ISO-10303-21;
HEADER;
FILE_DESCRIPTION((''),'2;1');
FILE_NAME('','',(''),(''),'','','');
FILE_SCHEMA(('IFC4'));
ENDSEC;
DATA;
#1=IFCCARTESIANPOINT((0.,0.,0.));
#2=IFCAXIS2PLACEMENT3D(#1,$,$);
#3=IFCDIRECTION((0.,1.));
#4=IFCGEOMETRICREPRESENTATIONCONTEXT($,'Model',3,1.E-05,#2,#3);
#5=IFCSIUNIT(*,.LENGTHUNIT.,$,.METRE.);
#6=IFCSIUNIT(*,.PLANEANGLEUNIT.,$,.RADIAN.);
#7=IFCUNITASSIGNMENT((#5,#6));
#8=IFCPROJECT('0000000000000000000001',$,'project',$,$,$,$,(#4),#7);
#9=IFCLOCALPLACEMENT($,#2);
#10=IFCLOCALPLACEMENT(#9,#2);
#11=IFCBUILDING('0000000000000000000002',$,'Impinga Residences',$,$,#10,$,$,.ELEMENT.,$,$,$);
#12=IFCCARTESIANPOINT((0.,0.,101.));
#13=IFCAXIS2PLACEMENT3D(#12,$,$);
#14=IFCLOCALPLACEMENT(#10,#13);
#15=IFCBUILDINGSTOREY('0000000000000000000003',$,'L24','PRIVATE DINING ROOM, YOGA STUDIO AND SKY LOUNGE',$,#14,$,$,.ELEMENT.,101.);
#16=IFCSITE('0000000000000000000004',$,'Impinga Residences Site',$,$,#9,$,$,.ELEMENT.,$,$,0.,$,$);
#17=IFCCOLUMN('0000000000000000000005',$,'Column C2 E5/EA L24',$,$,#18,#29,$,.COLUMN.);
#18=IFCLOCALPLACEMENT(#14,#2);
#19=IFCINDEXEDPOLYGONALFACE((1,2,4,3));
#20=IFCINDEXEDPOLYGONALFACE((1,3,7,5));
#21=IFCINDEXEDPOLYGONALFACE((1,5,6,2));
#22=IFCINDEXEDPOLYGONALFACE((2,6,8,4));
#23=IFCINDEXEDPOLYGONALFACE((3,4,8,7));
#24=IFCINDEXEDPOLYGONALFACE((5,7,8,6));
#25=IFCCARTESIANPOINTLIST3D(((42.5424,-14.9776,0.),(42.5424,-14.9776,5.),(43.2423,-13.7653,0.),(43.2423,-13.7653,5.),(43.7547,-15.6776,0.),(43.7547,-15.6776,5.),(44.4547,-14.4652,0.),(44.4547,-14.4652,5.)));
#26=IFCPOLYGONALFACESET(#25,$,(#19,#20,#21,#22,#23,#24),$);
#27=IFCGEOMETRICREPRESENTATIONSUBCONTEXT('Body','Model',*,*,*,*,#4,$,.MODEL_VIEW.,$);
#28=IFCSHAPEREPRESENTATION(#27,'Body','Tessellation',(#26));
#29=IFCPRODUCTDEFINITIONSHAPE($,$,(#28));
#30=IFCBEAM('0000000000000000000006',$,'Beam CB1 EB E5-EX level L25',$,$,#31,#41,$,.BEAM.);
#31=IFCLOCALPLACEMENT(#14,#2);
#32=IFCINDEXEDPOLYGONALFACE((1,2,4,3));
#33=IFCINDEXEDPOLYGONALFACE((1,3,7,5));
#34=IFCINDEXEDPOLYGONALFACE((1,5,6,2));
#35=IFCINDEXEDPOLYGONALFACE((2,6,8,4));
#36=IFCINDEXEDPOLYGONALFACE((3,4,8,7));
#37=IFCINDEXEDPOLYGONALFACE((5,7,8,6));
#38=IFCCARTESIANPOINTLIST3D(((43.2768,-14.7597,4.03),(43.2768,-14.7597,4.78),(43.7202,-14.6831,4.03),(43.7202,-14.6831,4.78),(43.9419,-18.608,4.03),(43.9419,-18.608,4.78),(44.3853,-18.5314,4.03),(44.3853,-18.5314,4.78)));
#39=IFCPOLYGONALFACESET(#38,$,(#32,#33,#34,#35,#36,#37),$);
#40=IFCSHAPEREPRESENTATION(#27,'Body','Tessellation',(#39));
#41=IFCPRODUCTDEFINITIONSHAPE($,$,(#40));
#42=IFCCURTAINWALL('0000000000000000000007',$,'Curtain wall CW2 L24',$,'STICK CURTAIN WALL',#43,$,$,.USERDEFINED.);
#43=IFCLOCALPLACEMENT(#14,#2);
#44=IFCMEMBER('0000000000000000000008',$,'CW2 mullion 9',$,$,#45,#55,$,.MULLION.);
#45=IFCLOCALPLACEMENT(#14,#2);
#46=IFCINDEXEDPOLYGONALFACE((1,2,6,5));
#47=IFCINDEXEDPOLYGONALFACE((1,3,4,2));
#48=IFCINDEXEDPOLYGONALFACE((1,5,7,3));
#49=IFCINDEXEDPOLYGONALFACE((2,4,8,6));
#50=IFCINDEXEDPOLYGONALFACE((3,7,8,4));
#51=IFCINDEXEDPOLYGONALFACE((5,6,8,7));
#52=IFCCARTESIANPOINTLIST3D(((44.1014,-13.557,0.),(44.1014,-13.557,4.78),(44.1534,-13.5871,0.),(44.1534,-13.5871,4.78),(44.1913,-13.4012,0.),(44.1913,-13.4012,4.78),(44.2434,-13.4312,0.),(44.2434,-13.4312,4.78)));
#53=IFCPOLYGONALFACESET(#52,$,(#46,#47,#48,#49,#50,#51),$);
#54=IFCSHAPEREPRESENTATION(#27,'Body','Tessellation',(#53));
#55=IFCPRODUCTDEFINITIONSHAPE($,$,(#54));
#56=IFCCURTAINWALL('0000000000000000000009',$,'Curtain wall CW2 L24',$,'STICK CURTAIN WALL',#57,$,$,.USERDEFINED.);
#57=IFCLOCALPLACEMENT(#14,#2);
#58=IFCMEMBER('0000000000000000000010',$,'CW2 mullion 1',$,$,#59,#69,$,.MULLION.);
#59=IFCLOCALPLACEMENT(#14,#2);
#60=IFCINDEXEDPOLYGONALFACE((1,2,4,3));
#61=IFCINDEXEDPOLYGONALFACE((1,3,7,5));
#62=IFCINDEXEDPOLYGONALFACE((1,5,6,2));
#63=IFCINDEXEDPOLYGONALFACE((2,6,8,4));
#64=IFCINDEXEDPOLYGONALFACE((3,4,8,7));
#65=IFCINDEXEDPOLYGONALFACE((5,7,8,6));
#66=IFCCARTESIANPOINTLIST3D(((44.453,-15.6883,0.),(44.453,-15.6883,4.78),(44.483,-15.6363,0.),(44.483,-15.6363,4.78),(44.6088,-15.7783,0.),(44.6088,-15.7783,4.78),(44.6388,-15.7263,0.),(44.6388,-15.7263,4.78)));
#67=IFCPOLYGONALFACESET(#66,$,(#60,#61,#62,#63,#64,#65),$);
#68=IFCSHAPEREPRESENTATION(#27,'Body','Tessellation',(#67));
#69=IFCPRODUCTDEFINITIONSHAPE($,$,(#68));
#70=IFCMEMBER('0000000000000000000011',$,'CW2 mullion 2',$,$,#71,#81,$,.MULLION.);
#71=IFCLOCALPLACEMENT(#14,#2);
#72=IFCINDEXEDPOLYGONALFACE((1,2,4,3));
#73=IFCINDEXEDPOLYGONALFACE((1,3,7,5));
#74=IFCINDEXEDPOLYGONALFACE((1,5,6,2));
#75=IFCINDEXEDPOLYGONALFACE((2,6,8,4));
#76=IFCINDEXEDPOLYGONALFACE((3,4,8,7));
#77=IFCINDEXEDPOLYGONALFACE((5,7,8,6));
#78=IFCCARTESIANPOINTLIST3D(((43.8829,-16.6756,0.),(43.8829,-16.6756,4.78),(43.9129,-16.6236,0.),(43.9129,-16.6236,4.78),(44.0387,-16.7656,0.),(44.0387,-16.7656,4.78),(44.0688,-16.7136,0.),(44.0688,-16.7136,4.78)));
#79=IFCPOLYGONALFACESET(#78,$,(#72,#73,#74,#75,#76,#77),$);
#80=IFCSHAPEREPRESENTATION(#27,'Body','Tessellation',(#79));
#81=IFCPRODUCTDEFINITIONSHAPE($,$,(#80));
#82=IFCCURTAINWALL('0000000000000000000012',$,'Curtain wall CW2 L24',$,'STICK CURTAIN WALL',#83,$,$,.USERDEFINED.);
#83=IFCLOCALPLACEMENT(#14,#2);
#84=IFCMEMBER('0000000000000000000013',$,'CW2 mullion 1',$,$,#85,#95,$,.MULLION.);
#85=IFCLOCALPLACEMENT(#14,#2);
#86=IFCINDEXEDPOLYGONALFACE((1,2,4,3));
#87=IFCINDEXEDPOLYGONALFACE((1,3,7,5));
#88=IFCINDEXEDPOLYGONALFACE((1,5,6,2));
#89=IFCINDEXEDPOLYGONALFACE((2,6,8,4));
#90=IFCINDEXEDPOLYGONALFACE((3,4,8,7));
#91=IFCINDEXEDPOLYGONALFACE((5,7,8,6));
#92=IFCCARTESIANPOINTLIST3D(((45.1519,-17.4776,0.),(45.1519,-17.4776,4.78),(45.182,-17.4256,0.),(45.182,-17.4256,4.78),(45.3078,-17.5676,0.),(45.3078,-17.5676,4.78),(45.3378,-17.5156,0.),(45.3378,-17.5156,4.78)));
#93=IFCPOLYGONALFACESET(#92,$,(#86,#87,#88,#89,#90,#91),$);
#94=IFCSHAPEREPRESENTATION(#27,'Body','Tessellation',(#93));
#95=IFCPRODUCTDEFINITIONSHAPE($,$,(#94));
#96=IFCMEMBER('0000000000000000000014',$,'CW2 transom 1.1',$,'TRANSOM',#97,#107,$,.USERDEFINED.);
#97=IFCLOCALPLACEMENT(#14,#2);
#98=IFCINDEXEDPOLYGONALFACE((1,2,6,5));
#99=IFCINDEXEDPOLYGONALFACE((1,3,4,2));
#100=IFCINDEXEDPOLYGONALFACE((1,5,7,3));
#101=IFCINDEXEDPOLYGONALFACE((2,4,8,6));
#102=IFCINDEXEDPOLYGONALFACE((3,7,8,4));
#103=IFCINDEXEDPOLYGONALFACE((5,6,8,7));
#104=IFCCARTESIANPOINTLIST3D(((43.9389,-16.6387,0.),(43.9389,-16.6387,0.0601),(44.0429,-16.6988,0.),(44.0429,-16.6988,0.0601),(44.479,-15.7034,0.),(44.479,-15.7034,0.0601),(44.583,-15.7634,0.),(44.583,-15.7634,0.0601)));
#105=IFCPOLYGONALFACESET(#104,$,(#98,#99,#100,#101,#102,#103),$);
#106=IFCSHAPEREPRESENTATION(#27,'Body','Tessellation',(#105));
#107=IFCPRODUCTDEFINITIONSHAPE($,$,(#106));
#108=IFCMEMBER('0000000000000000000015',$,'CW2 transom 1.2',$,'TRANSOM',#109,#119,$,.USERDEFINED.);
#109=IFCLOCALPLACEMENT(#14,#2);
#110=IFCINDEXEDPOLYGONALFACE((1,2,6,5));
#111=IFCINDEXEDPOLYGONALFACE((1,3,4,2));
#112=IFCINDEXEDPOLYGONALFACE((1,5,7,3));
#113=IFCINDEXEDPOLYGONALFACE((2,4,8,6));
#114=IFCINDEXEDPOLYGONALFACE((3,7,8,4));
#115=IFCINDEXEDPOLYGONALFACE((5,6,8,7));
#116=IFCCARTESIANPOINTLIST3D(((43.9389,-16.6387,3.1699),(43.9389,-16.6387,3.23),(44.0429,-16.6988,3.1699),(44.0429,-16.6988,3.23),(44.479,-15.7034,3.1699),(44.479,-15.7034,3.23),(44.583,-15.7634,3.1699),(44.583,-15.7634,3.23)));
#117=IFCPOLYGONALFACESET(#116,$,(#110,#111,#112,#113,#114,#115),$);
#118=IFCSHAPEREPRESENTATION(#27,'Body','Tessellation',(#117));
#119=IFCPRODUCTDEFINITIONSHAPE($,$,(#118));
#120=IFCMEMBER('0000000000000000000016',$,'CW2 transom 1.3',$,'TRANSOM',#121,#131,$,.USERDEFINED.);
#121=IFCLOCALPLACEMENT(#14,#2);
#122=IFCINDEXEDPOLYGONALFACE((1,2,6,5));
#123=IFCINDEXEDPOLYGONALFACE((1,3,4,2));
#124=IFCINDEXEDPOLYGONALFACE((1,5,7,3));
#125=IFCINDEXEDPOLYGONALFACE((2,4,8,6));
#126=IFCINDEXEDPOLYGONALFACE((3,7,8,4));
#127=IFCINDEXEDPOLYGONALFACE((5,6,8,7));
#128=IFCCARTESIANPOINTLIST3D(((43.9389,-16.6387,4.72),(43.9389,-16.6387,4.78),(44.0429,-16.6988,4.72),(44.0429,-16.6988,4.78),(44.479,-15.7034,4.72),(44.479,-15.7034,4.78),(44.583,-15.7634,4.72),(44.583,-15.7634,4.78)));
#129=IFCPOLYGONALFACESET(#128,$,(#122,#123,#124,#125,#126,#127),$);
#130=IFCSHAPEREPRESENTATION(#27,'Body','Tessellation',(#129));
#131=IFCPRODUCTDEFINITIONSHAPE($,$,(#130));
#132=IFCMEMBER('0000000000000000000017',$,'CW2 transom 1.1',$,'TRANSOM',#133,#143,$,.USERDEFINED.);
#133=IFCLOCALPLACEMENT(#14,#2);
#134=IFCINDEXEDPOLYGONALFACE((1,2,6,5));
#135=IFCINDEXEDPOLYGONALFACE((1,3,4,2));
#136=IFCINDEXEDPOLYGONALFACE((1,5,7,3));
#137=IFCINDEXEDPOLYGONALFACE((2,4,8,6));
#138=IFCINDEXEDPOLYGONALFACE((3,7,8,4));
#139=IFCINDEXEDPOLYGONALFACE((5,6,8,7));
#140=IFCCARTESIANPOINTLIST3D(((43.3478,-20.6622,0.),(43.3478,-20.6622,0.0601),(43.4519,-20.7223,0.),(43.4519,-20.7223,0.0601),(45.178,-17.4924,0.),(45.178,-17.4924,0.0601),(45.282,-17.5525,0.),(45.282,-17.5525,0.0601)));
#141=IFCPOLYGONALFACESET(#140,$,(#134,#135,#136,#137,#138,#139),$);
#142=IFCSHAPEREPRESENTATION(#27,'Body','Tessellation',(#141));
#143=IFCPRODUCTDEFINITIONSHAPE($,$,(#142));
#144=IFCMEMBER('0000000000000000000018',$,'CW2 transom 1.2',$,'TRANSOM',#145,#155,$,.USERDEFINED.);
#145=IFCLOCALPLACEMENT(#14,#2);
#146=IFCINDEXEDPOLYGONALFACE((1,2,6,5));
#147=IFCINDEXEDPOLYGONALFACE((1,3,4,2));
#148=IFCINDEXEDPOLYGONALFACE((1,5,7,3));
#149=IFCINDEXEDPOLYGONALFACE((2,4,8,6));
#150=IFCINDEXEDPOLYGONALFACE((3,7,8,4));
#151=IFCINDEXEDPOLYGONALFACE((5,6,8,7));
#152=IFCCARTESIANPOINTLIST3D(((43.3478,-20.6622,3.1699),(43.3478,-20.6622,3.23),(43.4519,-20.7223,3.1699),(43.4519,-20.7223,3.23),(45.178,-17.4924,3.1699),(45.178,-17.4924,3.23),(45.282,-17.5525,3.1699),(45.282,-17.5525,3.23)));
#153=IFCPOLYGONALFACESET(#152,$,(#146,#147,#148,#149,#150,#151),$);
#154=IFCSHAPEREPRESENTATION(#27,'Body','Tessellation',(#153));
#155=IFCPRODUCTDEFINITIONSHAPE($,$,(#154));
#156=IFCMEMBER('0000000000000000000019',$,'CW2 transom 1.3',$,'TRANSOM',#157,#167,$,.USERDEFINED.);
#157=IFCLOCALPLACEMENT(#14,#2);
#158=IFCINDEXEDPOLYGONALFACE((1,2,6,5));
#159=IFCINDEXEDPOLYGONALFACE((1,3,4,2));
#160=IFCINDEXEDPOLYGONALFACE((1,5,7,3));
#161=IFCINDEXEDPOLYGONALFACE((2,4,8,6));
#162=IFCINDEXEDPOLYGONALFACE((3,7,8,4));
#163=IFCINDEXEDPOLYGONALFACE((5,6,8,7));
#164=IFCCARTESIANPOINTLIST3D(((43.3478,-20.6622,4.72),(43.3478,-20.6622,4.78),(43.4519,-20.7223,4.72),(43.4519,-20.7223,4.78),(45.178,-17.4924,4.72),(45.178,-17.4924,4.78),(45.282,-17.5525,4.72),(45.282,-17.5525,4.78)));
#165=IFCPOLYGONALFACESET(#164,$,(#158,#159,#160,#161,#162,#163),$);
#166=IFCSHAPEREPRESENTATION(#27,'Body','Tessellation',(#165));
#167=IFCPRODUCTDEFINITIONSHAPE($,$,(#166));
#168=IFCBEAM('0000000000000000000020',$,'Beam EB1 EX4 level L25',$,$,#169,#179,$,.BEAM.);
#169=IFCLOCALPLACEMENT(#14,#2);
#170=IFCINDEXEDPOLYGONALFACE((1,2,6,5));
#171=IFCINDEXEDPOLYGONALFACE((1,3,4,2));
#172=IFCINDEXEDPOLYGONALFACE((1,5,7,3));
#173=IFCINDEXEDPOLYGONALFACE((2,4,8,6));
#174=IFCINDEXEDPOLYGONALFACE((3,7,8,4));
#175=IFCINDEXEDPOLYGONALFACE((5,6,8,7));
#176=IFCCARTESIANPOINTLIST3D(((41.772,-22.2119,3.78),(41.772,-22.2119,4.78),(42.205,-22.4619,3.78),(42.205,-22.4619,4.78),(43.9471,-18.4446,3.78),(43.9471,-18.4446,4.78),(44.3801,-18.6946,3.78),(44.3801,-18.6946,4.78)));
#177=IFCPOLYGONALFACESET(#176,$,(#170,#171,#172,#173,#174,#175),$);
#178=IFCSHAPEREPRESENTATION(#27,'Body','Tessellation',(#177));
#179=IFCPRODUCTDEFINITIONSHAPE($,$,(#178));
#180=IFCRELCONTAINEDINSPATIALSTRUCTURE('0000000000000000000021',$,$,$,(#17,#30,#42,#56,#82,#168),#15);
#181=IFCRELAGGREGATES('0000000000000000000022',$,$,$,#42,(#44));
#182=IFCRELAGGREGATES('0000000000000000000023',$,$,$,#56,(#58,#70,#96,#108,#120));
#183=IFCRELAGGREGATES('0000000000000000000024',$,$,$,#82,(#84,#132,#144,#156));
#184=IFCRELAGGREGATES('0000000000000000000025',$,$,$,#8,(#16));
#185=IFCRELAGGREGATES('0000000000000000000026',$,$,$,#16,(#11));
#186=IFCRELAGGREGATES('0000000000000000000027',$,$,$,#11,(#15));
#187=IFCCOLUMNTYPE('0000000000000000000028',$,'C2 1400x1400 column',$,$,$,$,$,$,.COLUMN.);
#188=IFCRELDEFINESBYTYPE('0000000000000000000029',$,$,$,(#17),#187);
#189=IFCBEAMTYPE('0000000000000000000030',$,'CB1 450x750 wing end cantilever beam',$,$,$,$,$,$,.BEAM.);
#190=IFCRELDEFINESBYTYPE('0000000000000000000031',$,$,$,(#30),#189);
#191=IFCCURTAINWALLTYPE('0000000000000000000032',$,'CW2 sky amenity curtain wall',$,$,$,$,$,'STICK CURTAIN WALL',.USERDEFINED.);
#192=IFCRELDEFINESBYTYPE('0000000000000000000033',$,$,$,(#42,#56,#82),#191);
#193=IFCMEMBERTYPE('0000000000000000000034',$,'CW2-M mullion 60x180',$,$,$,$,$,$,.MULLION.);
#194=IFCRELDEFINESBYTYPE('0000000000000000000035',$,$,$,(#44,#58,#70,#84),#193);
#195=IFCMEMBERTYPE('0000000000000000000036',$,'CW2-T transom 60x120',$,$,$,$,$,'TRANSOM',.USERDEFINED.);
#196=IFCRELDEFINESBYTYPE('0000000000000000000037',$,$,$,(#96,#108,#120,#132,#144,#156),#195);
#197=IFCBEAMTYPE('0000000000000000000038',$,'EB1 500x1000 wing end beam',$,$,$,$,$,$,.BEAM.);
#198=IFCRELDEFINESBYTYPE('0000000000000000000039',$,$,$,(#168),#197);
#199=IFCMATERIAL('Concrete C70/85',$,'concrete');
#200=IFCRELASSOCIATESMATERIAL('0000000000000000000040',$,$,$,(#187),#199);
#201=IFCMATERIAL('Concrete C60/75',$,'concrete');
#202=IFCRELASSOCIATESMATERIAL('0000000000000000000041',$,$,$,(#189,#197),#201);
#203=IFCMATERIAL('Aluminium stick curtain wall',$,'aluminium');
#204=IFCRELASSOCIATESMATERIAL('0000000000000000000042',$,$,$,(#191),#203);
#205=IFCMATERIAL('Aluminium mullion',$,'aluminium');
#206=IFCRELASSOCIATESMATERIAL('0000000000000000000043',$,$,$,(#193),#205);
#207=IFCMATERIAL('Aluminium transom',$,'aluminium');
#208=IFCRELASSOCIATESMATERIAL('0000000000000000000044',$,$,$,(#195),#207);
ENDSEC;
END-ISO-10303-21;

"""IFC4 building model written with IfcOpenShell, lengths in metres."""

from ifc_helpers import new_model, si_unit, direction, frame, origin, origin_2d, place, context, subcontext, project, spatial, rectangle, extrude, material, material_profile, profile_set, type_object, element, aggregate, save


model = new_model("IFC4")

# Units and contexts
model_context = context("Model", 3, precision=1e-05, world=origin(), true_north=direction((0.0, 1.0)))
body_context = subcontext(model_context, "Body", "Model", "MODEL_VIEW")
ifc_project = project(units=[si_unit("LENGTHUNIT", "METRE"), si_unit("PLANEANGLEUNIT", "RADIAN")], contexts=[model_context])

# Site, building, storey
site_placement = place(None, origin())
site = spatial("IfcSite", under=ifc_project, at=site_placement, Name="Impinga Residences Site", CompositionType="ELEMENT", RefElevation=0.0)
building_placement = place(site_placement, origin())
building = spatial("IfcBuilding", under=site, at=building_placement, Name="Impinga Residences", CompositionType="ELEMENT")
storey_placement = place(building_placement, frame((0.0, 0.0, 101.0)))
storey = spatial("IfcBuildingStorey", under=building, at=storey_placement, Name="L24", Description="PRIVATE DINING ROOM, YOGA STUDIO AND SKY LOUNGE", CompositionType="ELEMENT", Elevation=101.0)

# Column
ifc_material_1 = material(Name="Concrete C70/85", Category="concrete")
ifc_material_profile_1 = material_profile(ifc_material_1, rectangle(XDim=1.3999, YDim=1.3999, at=origin_2d()), Name="RC 1400x1400")
ifc_profile_set_1 = profile_set([ifc_material_profile_1], Name="Concrete C70/85")
column_type = type_object("IfcColumnType", Name="C2 1400x1400 column", PredefinedType="COLUMN", material=ifc_profile_set_1)
column_placement = place(storey_placement, frame((43.4985, -14.7214, 0.0), z_axis=(0.0, 0.0, 1.0), x_axis=(-0.5, -0.866025, 0.0)))
element("IfcColumn", 1, at=column_placement, inside=storey, type_object=column_type, Name="Column C2 E5/EA L24", PredefinedType="COLUMN", context=body_context, shape_type="SweptSolid", body=[
    extrude(rectangle(XDim=1.3999, YDim=1.3999, at=origin_2d()), origin(), (0.0, 0.0, 1.0), 5.0),
])

# Beam
ifc_material_2 = material(Name="Concrete C60/75", Category="concrete")
ifc_material_profile_2 = material_profile(ifc_material_2, rectangle(XDim=0.45, YDim=0.75, at=origin_2d()), Name="RC 450x750")
ifc_profile_set_2 = profile_set([ifc_material_profile_2], Name="Concrete C60/75")
beam_type_1 = type_object("IfcBeamType", Name="CB1 450x750 wing end cantilever beam", PredefinedType="BEAM", material=ifc_profile_set_2)
beam_1_placement = place(storey_placement, frame((43.4985, -14.7214, 4.405), z_axis=(0.170296, -0.985393, 0.0), x_axis=(0.985393, 0.170296, 0.0)))
element("IfcBeam", 2, at=beam_1_placement, inside=storey, type_object=beam_type_1, Name="Beam CB1 EB E5-EX level L25", PredefinedType="BEAM", context=body_context, shape_type="SweptSolid", body=[
    extrude(rectangle(XDim=0.45, YDim=0.75, at=origin_2d()), origin(), (0.0, 0.0, 1.0), 3.9053),
])

# Curtain wall, member
ifc_material_3 = material(Name="Aluminium stick curtain wall", Category="aluminium")
curtain_wall_type = type_object("IfcCurtainWallType", Name="CW2 sky amenity curtain wall", ElementType="STICK CURTAIN WALL", PredefinedType="USERDEFINED", material=ifc_material_3)
curtain_wall_1_placement = place(storey_placement, origin())
curtain_wall_1 = element("IfcCurtainWall", 3, at=curtain_wall_1_placement, inside=storey, type_object=curtain_wall_type, Name="Curtain wall CW2 L24", ObjectType="STICK CURTAIN WALL", PredefinedType="USERDEFINED")
ifc_material_4 = material(Name="Aluminium mullion", Category="aluminium")
ifc_material_profile_3 = material_profile(ifc_material_4, rectangle(XDim=0.0601, YDim=0.1799, at=origin_2d()), Name="60x180 mullion")
ifc_profile_set_3 = profile_set([ifc_material_profile_3], Name="Aluminium mullion")
member_type_1 = type_object("IfcMemberType", Name="CW2-M mullion 60x180", PredefinedType="MULLION", material=ifc_profile_set_3)
member_1_placement = place(storey_placement, frame((44.1724, -13.4941, 0.0), z_axis=(0.0, 0.0, 1.0), x_axis=(0.866025, -0.5, 0.0)))
member_1 = element("IfcMember", 4, at=member_1_placement, type_object=member_type_1, Name="CW2 mullion 9", PredefinedType="MULLION", context=body_context, shape_type="SweptSolid", body=[
    extrude(rectangle(XDim=0.0601, YDim=0.1799, at=origin_2d()), origin(), (0.0, 0.0, 1.0), 4.78),
])

# Curtain wall, members
curtain_wall_2_placement = place(storey_placement, origin())
curtain_wall_2 = element("IfcCurtainWall", 5, at=curtain_wall_2_placement, inside=storey, type_object=curtain_wall_type, Name="Curtain wall CW2 L24", ObjectType="STICK CURTAIN WALL", PredefinedType="USERDEFINED")
member_2_placement = place(storey_placement, frame((44.5459, -15.7073, 0.0), z_axis=(0.0, 0.0, 1.0), x_axis=(-0.5, -0.866025, 0.0)))
member_2 = element("IfcMember", 6, at=member_2_placement, type_object=member_type_1, Name="CW2 mullion 1", PredefinedType="MULLION", context=body_context, shape_type="SweptSolid", body=[
    extrude(rectangle(XDim=0.0601, YDim=0.1799, at=origin_2d()), origin(), (0.0, 0.0, 1.0), 4.78),
])
member_3_placement = place(storey_placement, frame((43.9758, -16.6946, 0.0), z_axis=(0.0, 0.0, 1.0), x_axis=(-0.5, -0.866025, 0.0)))
member_3 = element("IfcMember", 7, at=member_3_placement, type_object=member_type_1, Name="CW2 mullion 2", PredefinedType="MULLION", context=body_context, shape_type="SweptSolid", body=[
    extrude(rectangle(XDim=0.0601, YDim=0.1799, at=origin_2d()), origin(), (0.0, 0.0, 1.0), 4.78),
])

# Curtain wall, member
curtain_wall_3_placement = place(storey_placement, origin())
curtain_wall_3 = element("IfcCurtainWall", 8, at=curtain_wall_3_placement, inside=storey, type_object=curtain_wall_type, Name="Curtain wall CW2 L24", ObjectType="STICK CURTAIN WALL", PredefinedType="USERDEFINED")
member_4_placement = place(storey_placement, frame((45.2449, -17.4966, 0.0), z_axis=(0.0, 0.0, 1.0), x_axis=(-0.5, -0.866025, 0.0)))
member_4 = element("IfcMember", 9, at=member_4_placement, type_object=member_type_1, Name="CW2 mullion 1", PredefinedType="MULLION", context=body_context, shape_type="SweptSolid", body=[
    extrude(rectangle(XDim=0.0601, YDim=0.1799, at=origin_2d()), origin(), (0.0, 0.0, 1.0), 4.78),
])

# Members
ifc_material_5 = material(Name="Aluminium transom", Category="aluminium")
ifc_material_profile_4 = material_profile(ifc_material_5, rectangle(XDim=0.0601, YDim=0.1201, at=origin_2d()), Name="60x120 transom")
ifc_profile_set_4 = profile_set([ifc_material_profile_4], Name="Aluminium transom")
member_type_2 = type_object("IfcMemberType", Name="CW2-T transom 60x120", ElementType="TRANSOM", PredefinedType="USERDEFINED", material=ifc_profile_set_4)
member_5_placement = place(storey_placement, frame((44.531, -15.7334, 0.03), z_axis=(-0.500029, -0.866009, 0.0), x_axis=(0.0, 0.0, 1.0)))
member_5 = element("IfcMember", 10, at=member_5_placement, type_object=member_type_2, Name="CW2 transom 1.1", ObjectType="TRANSOM", PredefinedType="USERDEFINED", context=body_context, shape_type="SweptSolid", body=[
    extrude(rectangle(XDim=0.0601, YDim=0.1201, at=origin_2d()), origin(), (0.0, 0.0, 1.0), 1.0801),
])
member_6_placement = place(storey_placement, frame((44.531, -15.7334, 3.2), z_axis=(-0.500029, -0.866009, 0.0), x_axis=(0.0, 0.0, 1.0)))
member_6 = element("IfcMember", 11, at=member_6_placement, type_object=member_type_2, Name="CW2 transom 1.2", ObjectType="TRANSOM", PredefinedType="USERDEFINED", context=body_context, shape_type="SweptSolid", body=[
    extrude(rectangle(XDim=0.0601, YDim=0.1201, at=origin_2d()), origin(), (0.0, 0.0, 1.0), 1.0801),
])
member_7_placement = place(storey_placement, frame((44.531, -15.7334, 4.75), z_axis=(-0.500029, -0.866009, 0.0), x_axis=(0.0, 0.0, 1.0)))
member_7 = element("IfcMember", 12, at=member_7_placement, type_object=member_type_2, Name="CW2 transom 1.3", ObjectType="TRANSOM", PredefinedType="USERDEFINED", context=body_context, shape_type="SweptSolid", body=[
    extrude(rectangle(XDim=0.0601, YDim=0.1201, at=origin_2d()), origin(), (0.0, 0.0, 1.0), 1.0801),
])
member_8_placement = place(storey_placement, frame((45.23, -17.5225, 0.03), z_axis=(-0.500013, -0.866018, 0.0), x_axis=(0.0, 0.0, 1.0)))
member_8 = element("IfcMember", 13, at=member_8_placement, type_object=member_type_2, Name="CW2 transom 1.1", ObjectType="TRANSOM", PredefinedType="USERDEFINED", context=body_context, shape_type="SweptSolid", body=[
    extrude(rectangle(XDim=0.0601, YDim=0.1201, at=origin_2d()), origin(), (0.0, 0.0, 1.0), 3.6602),
])
member_9_placement = place(storey_placement, frame((45.23, -17.5225, 3.2), z_axis=(-0.500013, -0.866018, 0.0), x_axis=(0.0, 0.0, 1.0)))
member_9 = element("IfcMember", 14, at=member_9_placement, type_object=member_type_2, Name="CW2 transom 1.2", ObjectType="TRANSOM", PredefinedType="USERDEFINED", context=body_context, shape_type="SweptSolid", body=[
    extrude(rectangle(XDim=0.0601, YDim=0.1201, at=origin_2d()), origin(), (0.0, 0.0, 1.0), 3.6602),
])
member_10_placement = place(storey_placement, frame((45.23, -17.5225, 4.75), z_axis=(-0.500013, -0.866018, 0.0), x_axis=(0.0, 0.0, 1.0)))
member_10 = element("IfcMember", 15, at=member_10_placement, type_object=member_type_2, Name="CW2 transom 1.3", ObjectType="TRANSOM", PredefinedType="USERDEFINED", context=body_context, shape_type="SweptSolid", body=[
    extrude(rectangle(XDim=0.0601, YDim=0.1201, at=origin_2d()), origin(), (0.0, 0.0, 1.0), 3.6602),
])

# Beam
ifc_material_profile_5 = material_profile(ifc_material_2, rectangle(XDim=0.5, YDim=1.0, at=origin_2d()), Name="RC 500x1000")
ifc_profile_set_5 = profile_set([ifc_material_profile_5], Name="Concrete C60/75")
beam_type_2 = type_object("IfcBeamType", Name="EB1 500x1000 wing end beam", PredefinedType="BEAM", material=ifc_profile_set_5)
beam_2_placement = place(storey_placement, frame((44.1636, -18.5696, 4.28), z_axis=(-0.499996, -0.866028, 0.0), x_axis=(0.866028, -0.499996, 0.0)))
element("IfcBeam", 16, at=beam_2_placement, inside=storey, type_object=beam_type_2, Name="Beam EB1 EX4 level L25", PredefinedType="BEAM", context=body_context, shape_type="SweptSolid", body=[
    extrude(rectangle(XDim=0.5, YDim=1.0, at=origin_2d()), origin(), (0.0, 0.0, 1.0), 4.3501),
])

aggregate(curtain_wall_1, [member_1])
aggregate(curtain_wall_2, [member_2, member_3, member_5, member_6, member_7])
aggregate(curtain_wall_3, [member_4, member_8, member_9, member_10])

save(model, "model.ifc")
